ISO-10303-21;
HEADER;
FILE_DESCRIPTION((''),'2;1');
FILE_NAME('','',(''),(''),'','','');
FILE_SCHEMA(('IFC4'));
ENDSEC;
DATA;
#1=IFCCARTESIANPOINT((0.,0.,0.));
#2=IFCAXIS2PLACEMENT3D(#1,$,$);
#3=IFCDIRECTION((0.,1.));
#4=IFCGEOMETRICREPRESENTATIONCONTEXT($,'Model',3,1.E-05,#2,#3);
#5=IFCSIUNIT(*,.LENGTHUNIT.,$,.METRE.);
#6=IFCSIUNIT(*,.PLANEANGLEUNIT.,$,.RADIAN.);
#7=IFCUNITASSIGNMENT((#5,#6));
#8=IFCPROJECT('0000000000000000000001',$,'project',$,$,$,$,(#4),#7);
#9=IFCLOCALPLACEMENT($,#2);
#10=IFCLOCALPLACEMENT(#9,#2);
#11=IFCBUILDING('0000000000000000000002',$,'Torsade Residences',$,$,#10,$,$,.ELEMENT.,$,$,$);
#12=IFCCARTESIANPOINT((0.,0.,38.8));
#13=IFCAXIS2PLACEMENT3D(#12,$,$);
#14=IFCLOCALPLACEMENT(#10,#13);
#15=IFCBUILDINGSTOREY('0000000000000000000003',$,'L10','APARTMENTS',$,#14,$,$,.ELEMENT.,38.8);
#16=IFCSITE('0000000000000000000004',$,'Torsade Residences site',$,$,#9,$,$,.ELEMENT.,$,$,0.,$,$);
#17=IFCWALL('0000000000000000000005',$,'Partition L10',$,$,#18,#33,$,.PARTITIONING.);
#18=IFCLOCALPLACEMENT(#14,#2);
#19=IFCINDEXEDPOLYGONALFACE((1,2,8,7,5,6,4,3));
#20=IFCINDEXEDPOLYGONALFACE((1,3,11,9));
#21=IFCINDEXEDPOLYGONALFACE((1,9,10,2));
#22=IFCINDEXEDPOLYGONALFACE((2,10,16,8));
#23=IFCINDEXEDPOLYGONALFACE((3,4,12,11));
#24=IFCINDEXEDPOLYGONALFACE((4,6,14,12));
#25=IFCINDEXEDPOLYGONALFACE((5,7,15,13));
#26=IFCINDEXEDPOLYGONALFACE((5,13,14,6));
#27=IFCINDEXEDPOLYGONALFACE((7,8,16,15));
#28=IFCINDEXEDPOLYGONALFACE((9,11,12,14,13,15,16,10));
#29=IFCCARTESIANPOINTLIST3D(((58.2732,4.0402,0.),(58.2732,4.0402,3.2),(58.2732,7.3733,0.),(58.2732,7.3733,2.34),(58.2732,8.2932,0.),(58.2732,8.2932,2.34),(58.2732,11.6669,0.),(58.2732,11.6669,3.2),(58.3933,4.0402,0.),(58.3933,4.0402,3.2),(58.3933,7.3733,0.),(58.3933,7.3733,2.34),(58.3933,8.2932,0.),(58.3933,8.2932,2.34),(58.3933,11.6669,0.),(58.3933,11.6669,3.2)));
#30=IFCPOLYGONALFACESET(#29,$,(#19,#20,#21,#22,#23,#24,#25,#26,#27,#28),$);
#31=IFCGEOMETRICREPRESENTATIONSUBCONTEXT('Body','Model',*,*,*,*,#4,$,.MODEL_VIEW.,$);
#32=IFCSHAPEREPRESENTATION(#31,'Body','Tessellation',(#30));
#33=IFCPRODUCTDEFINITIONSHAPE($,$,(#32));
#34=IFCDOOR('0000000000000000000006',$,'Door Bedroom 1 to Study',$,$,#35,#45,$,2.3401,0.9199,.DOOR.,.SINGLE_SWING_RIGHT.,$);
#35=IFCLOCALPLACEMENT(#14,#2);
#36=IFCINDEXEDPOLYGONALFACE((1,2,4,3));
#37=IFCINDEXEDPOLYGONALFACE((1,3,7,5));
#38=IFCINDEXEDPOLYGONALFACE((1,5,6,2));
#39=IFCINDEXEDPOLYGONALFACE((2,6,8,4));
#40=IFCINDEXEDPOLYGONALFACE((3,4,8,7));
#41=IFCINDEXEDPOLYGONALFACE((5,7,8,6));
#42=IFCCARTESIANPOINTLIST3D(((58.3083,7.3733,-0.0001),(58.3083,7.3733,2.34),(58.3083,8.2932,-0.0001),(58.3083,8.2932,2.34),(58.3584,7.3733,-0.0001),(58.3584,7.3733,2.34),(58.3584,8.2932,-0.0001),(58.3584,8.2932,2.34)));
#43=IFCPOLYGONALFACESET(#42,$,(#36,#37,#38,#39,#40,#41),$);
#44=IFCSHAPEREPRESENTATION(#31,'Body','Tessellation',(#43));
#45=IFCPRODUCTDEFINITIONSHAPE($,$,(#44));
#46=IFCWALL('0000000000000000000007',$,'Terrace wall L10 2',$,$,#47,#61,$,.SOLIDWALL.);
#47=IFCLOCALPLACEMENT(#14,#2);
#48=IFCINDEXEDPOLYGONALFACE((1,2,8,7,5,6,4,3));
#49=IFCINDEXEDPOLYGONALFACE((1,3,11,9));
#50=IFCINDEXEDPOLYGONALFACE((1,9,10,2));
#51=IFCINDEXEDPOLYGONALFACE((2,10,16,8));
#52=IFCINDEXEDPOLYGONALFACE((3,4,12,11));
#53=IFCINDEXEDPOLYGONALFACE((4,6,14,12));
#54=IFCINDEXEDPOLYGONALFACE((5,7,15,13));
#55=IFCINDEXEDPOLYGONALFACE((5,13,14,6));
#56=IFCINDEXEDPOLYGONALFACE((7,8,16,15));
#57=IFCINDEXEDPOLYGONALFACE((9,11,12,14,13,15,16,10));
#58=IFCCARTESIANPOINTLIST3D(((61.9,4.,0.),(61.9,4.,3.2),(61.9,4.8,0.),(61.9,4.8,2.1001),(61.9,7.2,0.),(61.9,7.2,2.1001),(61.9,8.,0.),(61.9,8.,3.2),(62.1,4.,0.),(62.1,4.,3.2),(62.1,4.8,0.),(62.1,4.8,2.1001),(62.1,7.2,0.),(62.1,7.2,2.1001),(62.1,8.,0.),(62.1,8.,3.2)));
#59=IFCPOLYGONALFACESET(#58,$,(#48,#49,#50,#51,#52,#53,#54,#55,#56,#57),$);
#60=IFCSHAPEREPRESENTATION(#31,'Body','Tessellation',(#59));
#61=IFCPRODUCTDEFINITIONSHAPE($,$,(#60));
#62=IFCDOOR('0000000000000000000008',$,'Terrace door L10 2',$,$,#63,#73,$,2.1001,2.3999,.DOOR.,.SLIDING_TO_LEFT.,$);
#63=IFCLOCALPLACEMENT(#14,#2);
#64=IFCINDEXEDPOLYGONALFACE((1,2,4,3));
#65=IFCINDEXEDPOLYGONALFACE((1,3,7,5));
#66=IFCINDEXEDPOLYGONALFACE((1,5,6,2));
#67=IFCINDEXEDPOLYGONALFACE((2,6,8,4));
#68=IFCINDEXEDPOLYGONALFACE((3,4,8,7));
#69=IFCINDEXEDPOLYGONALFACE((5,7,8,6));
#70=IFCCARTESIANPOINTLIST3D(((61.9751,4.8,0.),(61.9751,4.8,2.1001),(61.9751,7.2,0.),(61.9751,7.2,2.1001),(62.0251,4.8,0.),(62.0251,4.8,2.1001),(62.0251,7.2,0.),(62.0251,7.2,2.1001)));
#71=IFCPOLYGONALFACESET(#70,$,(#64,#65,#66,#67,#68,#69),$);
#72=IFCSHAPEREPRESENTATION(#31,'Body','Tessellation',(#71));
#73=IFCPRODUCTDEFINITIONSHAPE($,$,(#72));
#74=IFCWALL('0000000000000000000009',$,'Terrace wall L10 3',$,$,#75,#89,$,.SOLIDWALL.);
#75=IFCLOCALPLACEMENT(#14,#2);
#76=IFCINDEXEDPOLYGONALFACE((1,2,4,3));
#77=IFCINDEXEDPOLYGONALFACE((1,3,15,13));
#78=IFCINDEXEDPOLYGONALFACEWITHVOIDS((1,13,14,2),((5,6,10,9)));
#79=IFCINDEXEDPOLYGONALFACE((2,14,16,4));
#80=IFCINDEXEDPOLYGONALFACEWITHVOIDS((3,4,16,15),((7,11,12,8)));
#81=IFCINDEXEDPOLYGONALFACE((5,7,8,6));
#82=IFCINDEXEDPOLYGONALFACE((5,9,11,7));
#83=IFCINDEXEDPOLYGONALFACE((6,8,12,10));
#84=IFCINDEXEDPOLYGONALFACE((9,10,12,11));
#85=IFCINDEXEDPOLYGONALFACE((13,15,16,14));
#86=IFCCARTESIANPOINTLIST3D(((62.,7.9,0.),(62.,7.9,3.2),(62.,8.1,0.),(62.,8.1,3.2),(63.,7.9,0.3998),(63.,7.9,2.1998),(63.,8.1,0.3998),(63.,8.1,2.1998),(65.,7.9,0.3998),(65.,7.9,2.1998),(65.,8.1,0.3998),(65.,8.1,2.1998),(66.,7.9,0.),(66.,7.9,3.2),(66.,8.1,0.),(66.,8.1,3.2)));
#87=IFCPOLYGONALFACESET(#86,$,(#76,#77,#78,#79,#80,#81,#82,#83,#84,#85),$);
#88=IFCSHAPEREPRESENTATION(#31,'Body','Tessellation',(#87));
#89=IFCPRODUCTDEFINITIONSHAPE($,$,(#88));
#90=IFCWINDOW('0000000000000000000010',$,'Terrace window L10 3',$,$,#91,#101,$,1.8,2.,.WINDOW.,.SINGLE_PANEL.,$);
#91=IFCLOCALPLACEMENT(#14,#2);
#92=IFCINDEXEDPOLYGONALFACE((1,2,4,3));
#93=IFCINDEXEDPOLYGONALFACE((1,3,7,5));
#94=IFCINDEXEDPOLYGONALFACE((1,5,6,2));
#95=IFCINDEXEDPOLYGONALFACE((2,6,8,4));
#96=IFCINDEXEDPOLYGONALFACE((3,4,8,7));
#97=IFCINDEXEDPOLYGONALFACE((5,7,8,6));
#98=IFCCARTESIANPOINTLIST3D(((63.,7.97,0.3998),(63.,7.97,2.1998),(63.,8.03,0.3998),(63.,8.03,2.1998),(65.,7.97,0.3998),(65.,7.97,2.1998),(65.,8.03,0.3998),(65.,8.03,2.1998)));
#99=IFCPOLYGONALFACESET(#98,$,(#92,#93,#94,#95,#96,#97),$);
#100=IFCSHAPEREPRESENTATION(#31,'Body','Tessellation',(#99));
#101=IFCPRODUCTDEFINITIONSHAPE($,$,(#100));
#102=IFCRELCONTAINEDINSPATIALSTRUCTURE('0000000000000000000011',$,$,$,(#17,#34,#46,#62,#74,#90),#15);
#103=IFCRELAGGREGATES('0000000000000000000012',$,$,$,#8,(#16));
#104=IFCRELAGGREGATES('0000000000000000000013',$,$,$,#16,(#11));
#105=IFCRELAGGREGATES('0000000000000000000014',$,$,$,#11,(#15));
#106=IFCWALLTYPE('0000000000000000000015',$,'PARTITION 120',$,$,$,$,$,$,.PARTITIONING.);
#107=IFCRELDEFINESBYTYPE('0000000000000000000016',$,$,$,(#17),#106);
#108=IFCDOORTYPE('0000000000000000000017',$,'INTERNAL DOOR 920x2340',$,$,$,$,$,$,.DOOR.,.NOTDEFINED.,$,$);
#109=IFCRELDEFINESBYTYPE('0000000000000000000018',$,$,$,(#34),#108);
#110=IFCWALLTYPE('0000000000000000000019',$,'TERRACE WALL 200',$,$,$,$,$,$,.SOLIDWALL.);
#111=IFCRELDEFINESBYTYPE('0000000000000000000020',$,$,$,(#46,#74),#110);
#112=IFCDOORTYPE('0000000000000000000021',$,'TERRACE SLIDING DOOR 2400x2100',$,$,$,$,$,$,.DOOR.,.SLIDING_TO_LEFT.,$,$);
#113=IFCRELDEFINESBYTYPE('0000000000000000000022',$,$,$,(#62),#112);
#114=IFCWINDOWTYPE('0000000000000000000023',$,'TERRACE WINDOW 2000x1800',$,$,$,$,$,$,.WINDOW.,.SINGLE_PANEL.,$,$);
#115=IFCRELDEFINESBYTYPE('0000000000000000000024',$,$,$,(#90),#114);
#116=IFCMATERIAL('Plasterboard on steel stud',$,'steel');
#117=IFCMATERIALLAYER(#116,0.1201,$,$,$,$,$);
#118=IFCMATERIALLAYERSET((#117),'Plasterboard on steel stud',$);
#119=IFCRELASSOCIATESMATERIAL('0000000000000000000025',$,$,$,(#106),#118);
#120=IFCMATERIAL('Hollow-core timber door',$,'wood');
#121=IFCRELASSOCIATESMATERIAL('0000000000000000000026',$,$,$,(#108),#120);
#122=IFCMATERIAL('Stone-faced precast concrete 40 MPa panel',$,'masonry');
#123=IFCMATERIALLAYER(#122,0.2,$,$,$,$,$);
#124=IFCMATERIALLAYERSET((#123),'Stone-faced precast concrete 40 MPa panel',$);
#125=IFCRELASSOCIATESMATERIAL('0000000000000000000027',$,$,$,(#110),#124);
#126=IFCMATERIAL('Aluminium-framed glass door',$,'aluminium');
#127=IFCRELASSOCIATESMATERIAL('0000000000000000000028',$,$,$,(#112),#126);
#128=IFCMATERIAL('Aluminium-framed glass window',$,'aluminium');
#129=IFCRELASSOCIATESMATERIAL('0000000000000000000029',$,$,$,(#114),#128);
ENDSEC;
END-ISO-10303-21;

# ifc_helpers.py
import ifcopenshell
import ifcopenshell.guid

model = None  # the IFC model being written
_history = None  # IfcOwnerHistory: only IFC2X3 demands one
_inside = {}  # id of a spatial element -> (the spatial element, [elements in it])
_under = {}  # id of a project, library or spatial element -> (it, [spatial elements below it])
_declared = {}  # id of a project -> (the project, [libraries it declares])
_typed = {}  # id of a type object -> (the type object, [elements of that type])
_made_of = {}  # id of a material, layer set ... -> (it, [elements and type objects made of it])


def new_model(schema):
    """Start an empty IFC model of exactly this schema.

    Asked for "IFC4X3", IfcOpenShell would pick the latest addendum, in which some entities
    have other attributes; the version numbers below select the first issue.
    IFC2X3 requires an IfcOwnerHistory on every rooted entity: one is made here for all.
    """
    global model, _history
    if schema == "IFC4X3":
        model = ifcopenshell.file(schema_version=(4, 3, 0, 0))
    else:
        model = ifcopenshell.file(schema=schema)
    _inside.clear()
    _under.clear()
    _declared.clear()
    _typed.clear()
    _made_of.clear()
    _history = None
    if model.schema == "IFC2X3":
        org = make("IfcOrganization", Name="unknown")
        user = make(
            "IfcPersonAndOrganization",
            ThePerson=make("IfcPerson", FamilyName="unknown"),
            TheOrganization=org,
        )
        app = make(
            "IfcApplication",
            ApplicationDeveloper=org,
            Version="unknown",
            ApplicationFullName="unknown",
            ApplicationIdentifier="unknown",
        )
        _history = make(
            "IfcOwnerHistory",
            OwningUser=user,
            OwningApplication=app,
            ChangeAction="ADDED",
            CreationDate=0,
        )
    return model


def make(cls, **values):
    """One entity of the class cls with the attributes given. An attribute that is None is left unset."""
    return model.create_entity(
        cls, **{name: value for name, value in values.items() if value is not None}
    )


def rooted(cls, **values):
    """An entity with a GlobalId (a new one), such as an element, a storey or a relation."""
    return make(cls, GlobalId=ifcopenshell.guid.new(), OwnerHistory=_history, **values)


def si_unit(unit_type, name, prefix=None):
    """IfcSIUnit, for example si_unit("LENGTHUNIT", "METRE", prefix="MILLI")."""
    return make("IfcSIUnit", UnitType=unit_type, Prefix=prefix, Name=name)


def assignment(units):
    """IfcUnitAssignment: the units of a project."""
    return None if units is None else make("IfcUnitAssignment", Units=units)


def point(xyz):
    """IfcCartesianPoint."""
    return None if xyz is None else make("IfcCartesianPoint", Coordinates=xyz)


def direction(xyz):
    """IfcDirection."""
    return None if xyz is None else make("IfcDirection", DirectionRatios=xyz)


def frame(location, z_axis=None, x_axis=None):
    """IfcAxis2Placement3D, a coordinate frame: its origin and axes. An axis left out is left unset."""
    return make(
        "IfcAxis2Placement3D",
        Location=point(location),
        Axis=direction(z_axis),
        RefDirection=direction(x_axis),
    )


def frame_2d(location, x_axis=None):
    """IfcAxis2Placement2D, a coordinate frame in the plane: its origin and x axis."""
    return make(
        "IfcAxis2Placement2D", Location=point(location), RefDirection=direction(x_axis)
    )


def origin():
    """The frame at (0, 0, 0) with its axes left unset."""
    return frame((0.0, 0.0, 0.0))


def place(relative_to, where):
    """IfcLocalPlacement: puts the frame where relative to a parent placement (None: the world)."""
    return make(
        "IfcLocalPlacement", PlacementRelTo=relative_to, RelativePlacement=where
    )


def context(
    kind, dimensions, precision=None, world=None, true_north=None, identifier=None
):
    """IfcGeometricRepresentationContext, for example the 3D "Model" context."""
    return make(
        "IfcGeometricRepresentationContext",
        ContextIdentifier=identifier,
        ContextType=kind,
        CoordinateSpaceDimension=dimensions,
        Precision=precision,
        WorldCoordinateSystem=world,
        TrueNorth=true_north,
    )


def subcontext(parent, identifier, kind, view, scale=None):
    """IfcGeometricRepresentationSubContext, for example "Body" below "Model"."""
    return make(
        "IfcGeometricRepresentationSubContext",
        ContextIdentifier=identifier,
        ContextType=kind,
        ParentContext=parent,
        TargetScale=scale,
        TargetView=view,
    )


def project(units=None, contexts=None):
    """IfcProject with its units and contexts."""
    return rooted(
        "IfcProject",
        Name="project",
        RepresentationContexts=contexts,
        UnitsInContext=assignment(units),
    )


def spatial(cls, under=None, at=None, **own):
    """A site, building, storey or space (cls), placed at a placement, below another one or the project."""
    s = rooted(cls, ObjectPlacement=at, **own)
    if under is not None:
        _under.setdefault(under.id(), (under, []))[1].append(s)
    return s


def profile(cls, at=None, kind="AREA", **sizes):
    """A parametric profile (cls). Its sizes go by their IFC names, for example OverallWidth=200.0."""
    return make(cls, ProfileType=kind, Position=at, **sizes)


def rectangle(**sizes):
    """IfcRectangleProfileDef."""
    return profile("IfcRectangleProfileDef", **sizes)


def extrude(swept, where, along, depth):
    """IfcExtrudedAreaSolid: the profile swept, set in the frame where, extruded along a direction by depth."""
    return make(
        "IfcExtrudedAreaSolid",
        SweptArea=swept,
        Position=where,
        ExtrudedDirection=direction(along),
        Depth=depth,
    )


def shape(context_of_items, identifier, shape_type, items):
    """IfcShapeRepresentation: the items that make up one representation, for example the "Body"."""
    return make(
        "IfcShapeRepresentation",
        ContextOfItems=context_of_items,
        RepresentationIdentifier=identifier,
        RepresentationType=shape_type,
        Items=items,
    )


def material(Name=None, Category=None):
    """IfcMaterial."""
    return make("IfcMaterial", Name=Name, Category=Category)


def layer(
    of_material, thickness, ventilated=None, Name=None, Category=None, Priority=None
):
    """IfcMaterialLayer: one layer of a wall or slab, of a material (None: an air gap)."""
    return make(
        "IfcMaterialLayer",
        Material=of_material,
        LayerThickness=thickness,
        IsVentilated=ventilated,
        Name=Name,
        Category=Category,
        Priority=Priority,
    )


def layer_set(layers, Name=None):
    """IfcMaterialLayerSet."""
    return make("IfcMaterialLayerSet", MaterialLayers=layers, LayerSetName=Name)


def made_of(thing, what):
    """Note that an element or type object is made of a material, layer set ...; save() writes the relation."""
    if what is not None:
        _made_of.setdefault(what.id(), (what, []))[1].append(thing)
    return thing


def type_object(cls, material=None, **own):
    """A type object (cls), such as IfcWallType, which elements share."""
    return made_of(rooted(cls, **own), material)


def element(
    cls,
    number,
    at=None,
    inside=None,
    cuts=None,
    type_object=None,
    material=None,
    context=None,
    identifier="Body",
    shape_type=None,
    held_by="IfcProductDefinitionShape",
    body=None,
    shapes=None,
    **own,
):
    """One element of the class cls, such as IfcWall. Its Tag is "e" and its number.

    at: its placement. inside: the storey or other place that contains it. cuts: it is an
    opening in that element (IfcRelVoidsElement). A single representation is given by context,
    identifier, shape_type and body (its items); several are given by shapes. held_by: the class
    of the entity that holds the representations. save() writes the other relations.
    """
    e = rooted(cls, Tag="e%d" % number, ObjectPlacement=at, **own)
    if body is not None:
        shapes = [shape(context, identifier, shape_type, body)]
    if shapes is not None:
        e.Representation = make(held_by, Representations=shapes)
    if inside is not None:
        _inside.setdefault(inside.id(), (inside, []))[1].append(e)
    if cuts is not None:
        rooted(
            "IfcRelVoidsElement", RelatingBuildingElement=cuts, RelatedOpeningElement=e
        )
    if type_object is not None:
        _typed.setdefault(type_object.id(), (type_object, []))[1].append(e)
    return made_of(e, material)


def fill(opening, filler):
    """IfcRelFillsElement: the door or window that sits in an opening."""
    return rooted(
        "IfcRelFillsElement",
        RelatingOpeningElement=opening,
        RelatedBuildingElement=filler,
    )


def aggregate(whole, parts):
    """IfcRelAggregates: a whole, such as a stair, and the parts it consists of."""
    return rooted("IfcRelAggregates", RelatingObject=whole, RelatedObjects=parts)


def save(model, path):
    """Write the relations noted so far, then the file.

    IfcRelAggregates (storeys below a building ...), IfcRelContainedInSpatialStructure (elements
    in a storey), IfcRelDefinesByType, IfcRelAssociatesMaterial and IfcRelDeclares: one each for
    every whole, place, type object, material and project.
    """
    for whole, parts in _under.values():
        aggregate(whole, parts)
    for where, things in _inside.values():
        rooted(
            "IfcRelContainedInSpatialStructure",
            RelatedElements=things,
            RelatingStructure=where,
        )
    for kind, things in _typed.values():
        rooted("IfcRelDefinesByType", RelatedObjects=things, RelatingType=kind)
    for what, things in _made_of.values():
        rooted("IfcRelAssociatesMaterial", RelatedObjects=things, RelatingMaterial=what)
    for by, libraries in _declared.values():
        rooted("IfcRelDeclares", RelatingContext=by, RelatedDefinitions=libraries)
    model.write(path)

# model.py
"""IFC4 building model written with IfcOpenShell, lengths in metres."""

from ifc_helpers import new_model, si_unit, direction, frame, frame_2d, origin, place, context, subcontext, project, spatial, rectangle, extrude, material, layer, layer_set, type_object, element, fill, save


model = new_model("IFC4")

# Units and contexts
model_context = context("Model", 3, precision=1e-05, world=origin(), true_north=direction((0.0, 1.0)))
body_context = subcontext(model_context, "Body", "Model", "MODEL_VIEW")
ifc_project = project(units=[si_unit("LENGTHUNIT", "METRE"), si_unit("PLANEANGLEUNIT", "RADIAN")], contexts=[model_context])

# Site, building, storey
site_placement = place(None, origin())
site = spatial("IfcSite", under=ifc_project, at=site_placement, Name="Torsade Residences site", CompositionType="ELEMENT", RefElevation=0.0)
building_placement = place(site_placement, origin())
building = spatial("IfcBuilding", under=site, at=building_placement, Name="Torsade Residences", CompositionType="ELEMENT")
storey_placement = place(building_placement, frame((0.0, 0.0, 38.8)))
storey = spatial("IfcBuildingStorey", under=building, at=storey_placement, Name="L10", Description="APARTMENTS", CompositionType="ELEMENT", Elevation=38.8)

# Walls, openings, doors
ifc_material_1 = material(Name="Plasterboard on steel stud", Category="steel")
ifc_layer_1 = layer(ifc_material_1, 0.1201)
ifc_layer_set_1 = layer_set([ifc_layer_1], Name="Plasterboard on steel stud")
wall_type_1 = type_object("IfcWallType", Name="PARTITION 120", PredefinedType="PARTITIONING", material=ifc_layer_set_1)
wall_1_placement = place(storey_placement, frame((58.3333, 4.04, 0.0), z_axis=(0.0, 0.0, 1.0), x_axis=(0.0, 1.0, 0.0)))
wall_1 = element("IfcWall", 1, at=wall_1_placement, inside=storey, type_object=wall_type_1, Name="Partition L10", PredefinedType="PARTITIONING", context=body_context, shape_type="SweptSolid", body=[
    extrude(rectangle(XDim=7.6267, YDim=0.1201, at=frame_2d((3.8135, 0.0))), origin(), (0.0, 0.0, 1.0), 3.2),
])
opening_1_placement = place(wall_1_placement, frame((3.3333, 0.0, 0.0)))
opening_1 = element("IfcOpeningElement", 2, at=opening_1_placement, cuts=wall_1, PredefinedType="OPENING", context=body_context, shape_type="SweptSolid", body=[
    extrude(rectangle(XDim=0.9199, YDim=2.3401, at=frame_2d((0.46, 1.1699))), frame((0.0, 0.0701, 0.0), z_axis=(0.0, -1.0, 0.0), x_axis=(1.0, 0.0, 0.0)), (0.0, 0.0, 1.0), 0.1401),
])
ifc_material_2 = material(Name="Hollow-core timber door", Category="wood")
door_type_1 = type_object("IfcDoorType", Name="INTERNAL DOOR 920x2340", OperationType="NOTDEFINED", PredefinedType="DOOR", material=ifc_material_2)
door_1_placement = place(opening_1_placement, origin())
door_1 = element("IfcDoor", 3, at=door_1_placement, inside=storey, type_object=door_type_1, Name="Door Bedroom 1 to Study", OperationType="SINGLE_SWING_RIGHT", OverallHeight=2.3401, OverallWidth=0.9199, PredefinedType="DOOR", context=body_context, shape_type="SweptSolid", body=[
    extrude(rectangle(XDim=0.9199, YDim=2.3401, at=frame_2d((0.46, 1.1699))), frame((0.0, 0.0249, 0.0), z_axis=(0.0, -1.0, 0.0), x_axis=(1.0, 0.0, 0.0)), (0.0, 0.0, 1.0), 0.05),
])
fill(opening_1, door_1)
ifc_material_3 = material(Name="Stone-faced precast concrete 40 MPa panel", Category="masonry")
ifc_layer_2 = layer(ifc_material_3, 0.2)
ifc_layer_set_2 = layer_set([ifc_layer_2], Name="Stone-faced precast concrete 40 MPa panel")
wall_type_2 = type_object("IfcWallType", Name="TERRACE WALL 200", PredefinedType="SOLIDWALL", material=ifc_layer_set_2)
wall_2_placement = place(storey_placement, frame((62.0, 4.0, 0.0), z_axis=(0.0, 0.0, 1.0), x_axis=(0.0, 1.0, 0.0)))
wall_2 = element("IfcWall", 4, at=wall_2_placement, inside=storey, type_object=wall_type_2, Name="Terrace wall L10 2", PredefinedType="SOLIDWALL", context=body_context, shape_type="SweptSolid", body=[
    extrude(rectangle(XDim=4.0, YDim=0.2, at=frame_2d((2.0, 0.0))), origin(), (0.0, 0.0, 1.0), 3.2),
])
opening_2_placement = place(wall_2_placement, frame((0.8, 0.0, 0.0)))
opening_2 = element("IfcOpeningElement", 5, at=opening_2_placement, cuts=wall_2, PredefinedType="OPENING", context=body_context, shape_type="SweptSolid", body=[
    extrude(rectangle(XDim=2.3999, YDim=2.1001, at=frame_2d((1.2, 1.05))), frame((0.0, 0.1099, 0.0), z_axis=(0.0, -1.0, 0.0), x_axis=(1.0, 0.0, 0.0)), (0.0, 0.0, 1.0), 0.22),
])
ifc_material_4 = material(Name="Aluminium-framed glass door", Category="aluminium")
door_type_2 = type_object("IfcDoorType", Name="TERRACE SLIDING DOOR 2400x2100", OperationType="SLIDING_TO_LEFT", PredefinedType="DOOR", material=ifc_material_4)
door_2_placement = place(opening_2_placement, origin())
door_2 = element("IfcDoor", 6, at=door_2_placement, inside=storey, type_object=door_type_2, Name="Terrace door L10 2", OperationType="SLIDING_TO_LEFT", OverallHeight=2.1001, OverallWidth=2.3999, PredefinedType="DOOR", context=body_context, shape_type="SweptSolid", body=[
    extrude(rectangle(XDim=2.3999, YDim=2.1001, at=frame_2d((1.2, 1.05))), frame((0.0, 0.0249, 0.0), z_axis=(0.0, -1.0, 0.0), x_axis=(1.0, 0.0, 0.0)), (0.0, 0.0, 1.0), 0.05),
])
fill(opening_2, door_2)

# Wall, opening, window
wall_3_placement = place(storey_placement, frame((62.0, 8.0, 0.0), z_axis=(0.0, 0.0, 1.0), x_axis=(1.0, 0.0, 0.0)))
wall_3 = element("IfcWall", 7, at=wall_3_placement, inside=storey, type_object=wall_type_2, Name="Terrace wall L10 3", PredefinedType="SOLIDWALL", context=body_context, shape_type="SweptSolid", body=[
    extrude(rectangle(XDim=4.0, YDim=0.2, at=frame_2d((2.0, 0.0))), origin(), (0.0, 0.0, 1.0), 3.2),
])
opening_3_placement = place(wall_3_placement, frame((1.0, 0.0, 0.3999)))
opening_3 = element("IfcOpeningElement", 8, at=opening_3_placement, cuts=wall_3, PredefinedType="OPENING", context=body_context, shape_type="SweptSolid", body=[
    extrude(rectangle(XDim=2.0, YDim=1.8, at=frame_2d((1.0, 0.8999))), frame((0.0, 0.1099, 0.0), z_axis=(0.0, -1.0, 0.0), x_axis=(1.0, 0.0, 0.0)), (0.0, 0.0, 1.0), 0.22),
])
ifc_material_5 = material(Name="Aluminium-framed glass window", Category="aluminium")
window_type = type_object("IfcWindowType", Name="TERRACE WINDOW 2000x1800", PartitioningType="SINGLE_PANEL", PredefinedType="WINDOW", material=ifc_material_5)
window_placement = place(opening_3_placement, origin())
window = element("IfcWindow", 9, at=window_placement, inside=storey, type_object=window_type, Name="Terrace window L10 3", OverallHeight=1.8, OverallWidth=2.0, PartitioningType="SINGLE_PANEL", PredefinedType="WINDOW", context=body_context, shape_type="SweptSolid", body=[
    extrude(rectangle(XDim=2.0, YDim=1.8, at=frame_2d((1.0, 0.8999))), frame((0.0, 0.03, 0.0), z_axis=(0.0, -1.0, 0.0), x_axis=(1.0, 0.0, 0.0)), (0.0, 0.0, 1.0), 0.0601),
])
fill(opening_3, window)

save(model, "model.ifc")
